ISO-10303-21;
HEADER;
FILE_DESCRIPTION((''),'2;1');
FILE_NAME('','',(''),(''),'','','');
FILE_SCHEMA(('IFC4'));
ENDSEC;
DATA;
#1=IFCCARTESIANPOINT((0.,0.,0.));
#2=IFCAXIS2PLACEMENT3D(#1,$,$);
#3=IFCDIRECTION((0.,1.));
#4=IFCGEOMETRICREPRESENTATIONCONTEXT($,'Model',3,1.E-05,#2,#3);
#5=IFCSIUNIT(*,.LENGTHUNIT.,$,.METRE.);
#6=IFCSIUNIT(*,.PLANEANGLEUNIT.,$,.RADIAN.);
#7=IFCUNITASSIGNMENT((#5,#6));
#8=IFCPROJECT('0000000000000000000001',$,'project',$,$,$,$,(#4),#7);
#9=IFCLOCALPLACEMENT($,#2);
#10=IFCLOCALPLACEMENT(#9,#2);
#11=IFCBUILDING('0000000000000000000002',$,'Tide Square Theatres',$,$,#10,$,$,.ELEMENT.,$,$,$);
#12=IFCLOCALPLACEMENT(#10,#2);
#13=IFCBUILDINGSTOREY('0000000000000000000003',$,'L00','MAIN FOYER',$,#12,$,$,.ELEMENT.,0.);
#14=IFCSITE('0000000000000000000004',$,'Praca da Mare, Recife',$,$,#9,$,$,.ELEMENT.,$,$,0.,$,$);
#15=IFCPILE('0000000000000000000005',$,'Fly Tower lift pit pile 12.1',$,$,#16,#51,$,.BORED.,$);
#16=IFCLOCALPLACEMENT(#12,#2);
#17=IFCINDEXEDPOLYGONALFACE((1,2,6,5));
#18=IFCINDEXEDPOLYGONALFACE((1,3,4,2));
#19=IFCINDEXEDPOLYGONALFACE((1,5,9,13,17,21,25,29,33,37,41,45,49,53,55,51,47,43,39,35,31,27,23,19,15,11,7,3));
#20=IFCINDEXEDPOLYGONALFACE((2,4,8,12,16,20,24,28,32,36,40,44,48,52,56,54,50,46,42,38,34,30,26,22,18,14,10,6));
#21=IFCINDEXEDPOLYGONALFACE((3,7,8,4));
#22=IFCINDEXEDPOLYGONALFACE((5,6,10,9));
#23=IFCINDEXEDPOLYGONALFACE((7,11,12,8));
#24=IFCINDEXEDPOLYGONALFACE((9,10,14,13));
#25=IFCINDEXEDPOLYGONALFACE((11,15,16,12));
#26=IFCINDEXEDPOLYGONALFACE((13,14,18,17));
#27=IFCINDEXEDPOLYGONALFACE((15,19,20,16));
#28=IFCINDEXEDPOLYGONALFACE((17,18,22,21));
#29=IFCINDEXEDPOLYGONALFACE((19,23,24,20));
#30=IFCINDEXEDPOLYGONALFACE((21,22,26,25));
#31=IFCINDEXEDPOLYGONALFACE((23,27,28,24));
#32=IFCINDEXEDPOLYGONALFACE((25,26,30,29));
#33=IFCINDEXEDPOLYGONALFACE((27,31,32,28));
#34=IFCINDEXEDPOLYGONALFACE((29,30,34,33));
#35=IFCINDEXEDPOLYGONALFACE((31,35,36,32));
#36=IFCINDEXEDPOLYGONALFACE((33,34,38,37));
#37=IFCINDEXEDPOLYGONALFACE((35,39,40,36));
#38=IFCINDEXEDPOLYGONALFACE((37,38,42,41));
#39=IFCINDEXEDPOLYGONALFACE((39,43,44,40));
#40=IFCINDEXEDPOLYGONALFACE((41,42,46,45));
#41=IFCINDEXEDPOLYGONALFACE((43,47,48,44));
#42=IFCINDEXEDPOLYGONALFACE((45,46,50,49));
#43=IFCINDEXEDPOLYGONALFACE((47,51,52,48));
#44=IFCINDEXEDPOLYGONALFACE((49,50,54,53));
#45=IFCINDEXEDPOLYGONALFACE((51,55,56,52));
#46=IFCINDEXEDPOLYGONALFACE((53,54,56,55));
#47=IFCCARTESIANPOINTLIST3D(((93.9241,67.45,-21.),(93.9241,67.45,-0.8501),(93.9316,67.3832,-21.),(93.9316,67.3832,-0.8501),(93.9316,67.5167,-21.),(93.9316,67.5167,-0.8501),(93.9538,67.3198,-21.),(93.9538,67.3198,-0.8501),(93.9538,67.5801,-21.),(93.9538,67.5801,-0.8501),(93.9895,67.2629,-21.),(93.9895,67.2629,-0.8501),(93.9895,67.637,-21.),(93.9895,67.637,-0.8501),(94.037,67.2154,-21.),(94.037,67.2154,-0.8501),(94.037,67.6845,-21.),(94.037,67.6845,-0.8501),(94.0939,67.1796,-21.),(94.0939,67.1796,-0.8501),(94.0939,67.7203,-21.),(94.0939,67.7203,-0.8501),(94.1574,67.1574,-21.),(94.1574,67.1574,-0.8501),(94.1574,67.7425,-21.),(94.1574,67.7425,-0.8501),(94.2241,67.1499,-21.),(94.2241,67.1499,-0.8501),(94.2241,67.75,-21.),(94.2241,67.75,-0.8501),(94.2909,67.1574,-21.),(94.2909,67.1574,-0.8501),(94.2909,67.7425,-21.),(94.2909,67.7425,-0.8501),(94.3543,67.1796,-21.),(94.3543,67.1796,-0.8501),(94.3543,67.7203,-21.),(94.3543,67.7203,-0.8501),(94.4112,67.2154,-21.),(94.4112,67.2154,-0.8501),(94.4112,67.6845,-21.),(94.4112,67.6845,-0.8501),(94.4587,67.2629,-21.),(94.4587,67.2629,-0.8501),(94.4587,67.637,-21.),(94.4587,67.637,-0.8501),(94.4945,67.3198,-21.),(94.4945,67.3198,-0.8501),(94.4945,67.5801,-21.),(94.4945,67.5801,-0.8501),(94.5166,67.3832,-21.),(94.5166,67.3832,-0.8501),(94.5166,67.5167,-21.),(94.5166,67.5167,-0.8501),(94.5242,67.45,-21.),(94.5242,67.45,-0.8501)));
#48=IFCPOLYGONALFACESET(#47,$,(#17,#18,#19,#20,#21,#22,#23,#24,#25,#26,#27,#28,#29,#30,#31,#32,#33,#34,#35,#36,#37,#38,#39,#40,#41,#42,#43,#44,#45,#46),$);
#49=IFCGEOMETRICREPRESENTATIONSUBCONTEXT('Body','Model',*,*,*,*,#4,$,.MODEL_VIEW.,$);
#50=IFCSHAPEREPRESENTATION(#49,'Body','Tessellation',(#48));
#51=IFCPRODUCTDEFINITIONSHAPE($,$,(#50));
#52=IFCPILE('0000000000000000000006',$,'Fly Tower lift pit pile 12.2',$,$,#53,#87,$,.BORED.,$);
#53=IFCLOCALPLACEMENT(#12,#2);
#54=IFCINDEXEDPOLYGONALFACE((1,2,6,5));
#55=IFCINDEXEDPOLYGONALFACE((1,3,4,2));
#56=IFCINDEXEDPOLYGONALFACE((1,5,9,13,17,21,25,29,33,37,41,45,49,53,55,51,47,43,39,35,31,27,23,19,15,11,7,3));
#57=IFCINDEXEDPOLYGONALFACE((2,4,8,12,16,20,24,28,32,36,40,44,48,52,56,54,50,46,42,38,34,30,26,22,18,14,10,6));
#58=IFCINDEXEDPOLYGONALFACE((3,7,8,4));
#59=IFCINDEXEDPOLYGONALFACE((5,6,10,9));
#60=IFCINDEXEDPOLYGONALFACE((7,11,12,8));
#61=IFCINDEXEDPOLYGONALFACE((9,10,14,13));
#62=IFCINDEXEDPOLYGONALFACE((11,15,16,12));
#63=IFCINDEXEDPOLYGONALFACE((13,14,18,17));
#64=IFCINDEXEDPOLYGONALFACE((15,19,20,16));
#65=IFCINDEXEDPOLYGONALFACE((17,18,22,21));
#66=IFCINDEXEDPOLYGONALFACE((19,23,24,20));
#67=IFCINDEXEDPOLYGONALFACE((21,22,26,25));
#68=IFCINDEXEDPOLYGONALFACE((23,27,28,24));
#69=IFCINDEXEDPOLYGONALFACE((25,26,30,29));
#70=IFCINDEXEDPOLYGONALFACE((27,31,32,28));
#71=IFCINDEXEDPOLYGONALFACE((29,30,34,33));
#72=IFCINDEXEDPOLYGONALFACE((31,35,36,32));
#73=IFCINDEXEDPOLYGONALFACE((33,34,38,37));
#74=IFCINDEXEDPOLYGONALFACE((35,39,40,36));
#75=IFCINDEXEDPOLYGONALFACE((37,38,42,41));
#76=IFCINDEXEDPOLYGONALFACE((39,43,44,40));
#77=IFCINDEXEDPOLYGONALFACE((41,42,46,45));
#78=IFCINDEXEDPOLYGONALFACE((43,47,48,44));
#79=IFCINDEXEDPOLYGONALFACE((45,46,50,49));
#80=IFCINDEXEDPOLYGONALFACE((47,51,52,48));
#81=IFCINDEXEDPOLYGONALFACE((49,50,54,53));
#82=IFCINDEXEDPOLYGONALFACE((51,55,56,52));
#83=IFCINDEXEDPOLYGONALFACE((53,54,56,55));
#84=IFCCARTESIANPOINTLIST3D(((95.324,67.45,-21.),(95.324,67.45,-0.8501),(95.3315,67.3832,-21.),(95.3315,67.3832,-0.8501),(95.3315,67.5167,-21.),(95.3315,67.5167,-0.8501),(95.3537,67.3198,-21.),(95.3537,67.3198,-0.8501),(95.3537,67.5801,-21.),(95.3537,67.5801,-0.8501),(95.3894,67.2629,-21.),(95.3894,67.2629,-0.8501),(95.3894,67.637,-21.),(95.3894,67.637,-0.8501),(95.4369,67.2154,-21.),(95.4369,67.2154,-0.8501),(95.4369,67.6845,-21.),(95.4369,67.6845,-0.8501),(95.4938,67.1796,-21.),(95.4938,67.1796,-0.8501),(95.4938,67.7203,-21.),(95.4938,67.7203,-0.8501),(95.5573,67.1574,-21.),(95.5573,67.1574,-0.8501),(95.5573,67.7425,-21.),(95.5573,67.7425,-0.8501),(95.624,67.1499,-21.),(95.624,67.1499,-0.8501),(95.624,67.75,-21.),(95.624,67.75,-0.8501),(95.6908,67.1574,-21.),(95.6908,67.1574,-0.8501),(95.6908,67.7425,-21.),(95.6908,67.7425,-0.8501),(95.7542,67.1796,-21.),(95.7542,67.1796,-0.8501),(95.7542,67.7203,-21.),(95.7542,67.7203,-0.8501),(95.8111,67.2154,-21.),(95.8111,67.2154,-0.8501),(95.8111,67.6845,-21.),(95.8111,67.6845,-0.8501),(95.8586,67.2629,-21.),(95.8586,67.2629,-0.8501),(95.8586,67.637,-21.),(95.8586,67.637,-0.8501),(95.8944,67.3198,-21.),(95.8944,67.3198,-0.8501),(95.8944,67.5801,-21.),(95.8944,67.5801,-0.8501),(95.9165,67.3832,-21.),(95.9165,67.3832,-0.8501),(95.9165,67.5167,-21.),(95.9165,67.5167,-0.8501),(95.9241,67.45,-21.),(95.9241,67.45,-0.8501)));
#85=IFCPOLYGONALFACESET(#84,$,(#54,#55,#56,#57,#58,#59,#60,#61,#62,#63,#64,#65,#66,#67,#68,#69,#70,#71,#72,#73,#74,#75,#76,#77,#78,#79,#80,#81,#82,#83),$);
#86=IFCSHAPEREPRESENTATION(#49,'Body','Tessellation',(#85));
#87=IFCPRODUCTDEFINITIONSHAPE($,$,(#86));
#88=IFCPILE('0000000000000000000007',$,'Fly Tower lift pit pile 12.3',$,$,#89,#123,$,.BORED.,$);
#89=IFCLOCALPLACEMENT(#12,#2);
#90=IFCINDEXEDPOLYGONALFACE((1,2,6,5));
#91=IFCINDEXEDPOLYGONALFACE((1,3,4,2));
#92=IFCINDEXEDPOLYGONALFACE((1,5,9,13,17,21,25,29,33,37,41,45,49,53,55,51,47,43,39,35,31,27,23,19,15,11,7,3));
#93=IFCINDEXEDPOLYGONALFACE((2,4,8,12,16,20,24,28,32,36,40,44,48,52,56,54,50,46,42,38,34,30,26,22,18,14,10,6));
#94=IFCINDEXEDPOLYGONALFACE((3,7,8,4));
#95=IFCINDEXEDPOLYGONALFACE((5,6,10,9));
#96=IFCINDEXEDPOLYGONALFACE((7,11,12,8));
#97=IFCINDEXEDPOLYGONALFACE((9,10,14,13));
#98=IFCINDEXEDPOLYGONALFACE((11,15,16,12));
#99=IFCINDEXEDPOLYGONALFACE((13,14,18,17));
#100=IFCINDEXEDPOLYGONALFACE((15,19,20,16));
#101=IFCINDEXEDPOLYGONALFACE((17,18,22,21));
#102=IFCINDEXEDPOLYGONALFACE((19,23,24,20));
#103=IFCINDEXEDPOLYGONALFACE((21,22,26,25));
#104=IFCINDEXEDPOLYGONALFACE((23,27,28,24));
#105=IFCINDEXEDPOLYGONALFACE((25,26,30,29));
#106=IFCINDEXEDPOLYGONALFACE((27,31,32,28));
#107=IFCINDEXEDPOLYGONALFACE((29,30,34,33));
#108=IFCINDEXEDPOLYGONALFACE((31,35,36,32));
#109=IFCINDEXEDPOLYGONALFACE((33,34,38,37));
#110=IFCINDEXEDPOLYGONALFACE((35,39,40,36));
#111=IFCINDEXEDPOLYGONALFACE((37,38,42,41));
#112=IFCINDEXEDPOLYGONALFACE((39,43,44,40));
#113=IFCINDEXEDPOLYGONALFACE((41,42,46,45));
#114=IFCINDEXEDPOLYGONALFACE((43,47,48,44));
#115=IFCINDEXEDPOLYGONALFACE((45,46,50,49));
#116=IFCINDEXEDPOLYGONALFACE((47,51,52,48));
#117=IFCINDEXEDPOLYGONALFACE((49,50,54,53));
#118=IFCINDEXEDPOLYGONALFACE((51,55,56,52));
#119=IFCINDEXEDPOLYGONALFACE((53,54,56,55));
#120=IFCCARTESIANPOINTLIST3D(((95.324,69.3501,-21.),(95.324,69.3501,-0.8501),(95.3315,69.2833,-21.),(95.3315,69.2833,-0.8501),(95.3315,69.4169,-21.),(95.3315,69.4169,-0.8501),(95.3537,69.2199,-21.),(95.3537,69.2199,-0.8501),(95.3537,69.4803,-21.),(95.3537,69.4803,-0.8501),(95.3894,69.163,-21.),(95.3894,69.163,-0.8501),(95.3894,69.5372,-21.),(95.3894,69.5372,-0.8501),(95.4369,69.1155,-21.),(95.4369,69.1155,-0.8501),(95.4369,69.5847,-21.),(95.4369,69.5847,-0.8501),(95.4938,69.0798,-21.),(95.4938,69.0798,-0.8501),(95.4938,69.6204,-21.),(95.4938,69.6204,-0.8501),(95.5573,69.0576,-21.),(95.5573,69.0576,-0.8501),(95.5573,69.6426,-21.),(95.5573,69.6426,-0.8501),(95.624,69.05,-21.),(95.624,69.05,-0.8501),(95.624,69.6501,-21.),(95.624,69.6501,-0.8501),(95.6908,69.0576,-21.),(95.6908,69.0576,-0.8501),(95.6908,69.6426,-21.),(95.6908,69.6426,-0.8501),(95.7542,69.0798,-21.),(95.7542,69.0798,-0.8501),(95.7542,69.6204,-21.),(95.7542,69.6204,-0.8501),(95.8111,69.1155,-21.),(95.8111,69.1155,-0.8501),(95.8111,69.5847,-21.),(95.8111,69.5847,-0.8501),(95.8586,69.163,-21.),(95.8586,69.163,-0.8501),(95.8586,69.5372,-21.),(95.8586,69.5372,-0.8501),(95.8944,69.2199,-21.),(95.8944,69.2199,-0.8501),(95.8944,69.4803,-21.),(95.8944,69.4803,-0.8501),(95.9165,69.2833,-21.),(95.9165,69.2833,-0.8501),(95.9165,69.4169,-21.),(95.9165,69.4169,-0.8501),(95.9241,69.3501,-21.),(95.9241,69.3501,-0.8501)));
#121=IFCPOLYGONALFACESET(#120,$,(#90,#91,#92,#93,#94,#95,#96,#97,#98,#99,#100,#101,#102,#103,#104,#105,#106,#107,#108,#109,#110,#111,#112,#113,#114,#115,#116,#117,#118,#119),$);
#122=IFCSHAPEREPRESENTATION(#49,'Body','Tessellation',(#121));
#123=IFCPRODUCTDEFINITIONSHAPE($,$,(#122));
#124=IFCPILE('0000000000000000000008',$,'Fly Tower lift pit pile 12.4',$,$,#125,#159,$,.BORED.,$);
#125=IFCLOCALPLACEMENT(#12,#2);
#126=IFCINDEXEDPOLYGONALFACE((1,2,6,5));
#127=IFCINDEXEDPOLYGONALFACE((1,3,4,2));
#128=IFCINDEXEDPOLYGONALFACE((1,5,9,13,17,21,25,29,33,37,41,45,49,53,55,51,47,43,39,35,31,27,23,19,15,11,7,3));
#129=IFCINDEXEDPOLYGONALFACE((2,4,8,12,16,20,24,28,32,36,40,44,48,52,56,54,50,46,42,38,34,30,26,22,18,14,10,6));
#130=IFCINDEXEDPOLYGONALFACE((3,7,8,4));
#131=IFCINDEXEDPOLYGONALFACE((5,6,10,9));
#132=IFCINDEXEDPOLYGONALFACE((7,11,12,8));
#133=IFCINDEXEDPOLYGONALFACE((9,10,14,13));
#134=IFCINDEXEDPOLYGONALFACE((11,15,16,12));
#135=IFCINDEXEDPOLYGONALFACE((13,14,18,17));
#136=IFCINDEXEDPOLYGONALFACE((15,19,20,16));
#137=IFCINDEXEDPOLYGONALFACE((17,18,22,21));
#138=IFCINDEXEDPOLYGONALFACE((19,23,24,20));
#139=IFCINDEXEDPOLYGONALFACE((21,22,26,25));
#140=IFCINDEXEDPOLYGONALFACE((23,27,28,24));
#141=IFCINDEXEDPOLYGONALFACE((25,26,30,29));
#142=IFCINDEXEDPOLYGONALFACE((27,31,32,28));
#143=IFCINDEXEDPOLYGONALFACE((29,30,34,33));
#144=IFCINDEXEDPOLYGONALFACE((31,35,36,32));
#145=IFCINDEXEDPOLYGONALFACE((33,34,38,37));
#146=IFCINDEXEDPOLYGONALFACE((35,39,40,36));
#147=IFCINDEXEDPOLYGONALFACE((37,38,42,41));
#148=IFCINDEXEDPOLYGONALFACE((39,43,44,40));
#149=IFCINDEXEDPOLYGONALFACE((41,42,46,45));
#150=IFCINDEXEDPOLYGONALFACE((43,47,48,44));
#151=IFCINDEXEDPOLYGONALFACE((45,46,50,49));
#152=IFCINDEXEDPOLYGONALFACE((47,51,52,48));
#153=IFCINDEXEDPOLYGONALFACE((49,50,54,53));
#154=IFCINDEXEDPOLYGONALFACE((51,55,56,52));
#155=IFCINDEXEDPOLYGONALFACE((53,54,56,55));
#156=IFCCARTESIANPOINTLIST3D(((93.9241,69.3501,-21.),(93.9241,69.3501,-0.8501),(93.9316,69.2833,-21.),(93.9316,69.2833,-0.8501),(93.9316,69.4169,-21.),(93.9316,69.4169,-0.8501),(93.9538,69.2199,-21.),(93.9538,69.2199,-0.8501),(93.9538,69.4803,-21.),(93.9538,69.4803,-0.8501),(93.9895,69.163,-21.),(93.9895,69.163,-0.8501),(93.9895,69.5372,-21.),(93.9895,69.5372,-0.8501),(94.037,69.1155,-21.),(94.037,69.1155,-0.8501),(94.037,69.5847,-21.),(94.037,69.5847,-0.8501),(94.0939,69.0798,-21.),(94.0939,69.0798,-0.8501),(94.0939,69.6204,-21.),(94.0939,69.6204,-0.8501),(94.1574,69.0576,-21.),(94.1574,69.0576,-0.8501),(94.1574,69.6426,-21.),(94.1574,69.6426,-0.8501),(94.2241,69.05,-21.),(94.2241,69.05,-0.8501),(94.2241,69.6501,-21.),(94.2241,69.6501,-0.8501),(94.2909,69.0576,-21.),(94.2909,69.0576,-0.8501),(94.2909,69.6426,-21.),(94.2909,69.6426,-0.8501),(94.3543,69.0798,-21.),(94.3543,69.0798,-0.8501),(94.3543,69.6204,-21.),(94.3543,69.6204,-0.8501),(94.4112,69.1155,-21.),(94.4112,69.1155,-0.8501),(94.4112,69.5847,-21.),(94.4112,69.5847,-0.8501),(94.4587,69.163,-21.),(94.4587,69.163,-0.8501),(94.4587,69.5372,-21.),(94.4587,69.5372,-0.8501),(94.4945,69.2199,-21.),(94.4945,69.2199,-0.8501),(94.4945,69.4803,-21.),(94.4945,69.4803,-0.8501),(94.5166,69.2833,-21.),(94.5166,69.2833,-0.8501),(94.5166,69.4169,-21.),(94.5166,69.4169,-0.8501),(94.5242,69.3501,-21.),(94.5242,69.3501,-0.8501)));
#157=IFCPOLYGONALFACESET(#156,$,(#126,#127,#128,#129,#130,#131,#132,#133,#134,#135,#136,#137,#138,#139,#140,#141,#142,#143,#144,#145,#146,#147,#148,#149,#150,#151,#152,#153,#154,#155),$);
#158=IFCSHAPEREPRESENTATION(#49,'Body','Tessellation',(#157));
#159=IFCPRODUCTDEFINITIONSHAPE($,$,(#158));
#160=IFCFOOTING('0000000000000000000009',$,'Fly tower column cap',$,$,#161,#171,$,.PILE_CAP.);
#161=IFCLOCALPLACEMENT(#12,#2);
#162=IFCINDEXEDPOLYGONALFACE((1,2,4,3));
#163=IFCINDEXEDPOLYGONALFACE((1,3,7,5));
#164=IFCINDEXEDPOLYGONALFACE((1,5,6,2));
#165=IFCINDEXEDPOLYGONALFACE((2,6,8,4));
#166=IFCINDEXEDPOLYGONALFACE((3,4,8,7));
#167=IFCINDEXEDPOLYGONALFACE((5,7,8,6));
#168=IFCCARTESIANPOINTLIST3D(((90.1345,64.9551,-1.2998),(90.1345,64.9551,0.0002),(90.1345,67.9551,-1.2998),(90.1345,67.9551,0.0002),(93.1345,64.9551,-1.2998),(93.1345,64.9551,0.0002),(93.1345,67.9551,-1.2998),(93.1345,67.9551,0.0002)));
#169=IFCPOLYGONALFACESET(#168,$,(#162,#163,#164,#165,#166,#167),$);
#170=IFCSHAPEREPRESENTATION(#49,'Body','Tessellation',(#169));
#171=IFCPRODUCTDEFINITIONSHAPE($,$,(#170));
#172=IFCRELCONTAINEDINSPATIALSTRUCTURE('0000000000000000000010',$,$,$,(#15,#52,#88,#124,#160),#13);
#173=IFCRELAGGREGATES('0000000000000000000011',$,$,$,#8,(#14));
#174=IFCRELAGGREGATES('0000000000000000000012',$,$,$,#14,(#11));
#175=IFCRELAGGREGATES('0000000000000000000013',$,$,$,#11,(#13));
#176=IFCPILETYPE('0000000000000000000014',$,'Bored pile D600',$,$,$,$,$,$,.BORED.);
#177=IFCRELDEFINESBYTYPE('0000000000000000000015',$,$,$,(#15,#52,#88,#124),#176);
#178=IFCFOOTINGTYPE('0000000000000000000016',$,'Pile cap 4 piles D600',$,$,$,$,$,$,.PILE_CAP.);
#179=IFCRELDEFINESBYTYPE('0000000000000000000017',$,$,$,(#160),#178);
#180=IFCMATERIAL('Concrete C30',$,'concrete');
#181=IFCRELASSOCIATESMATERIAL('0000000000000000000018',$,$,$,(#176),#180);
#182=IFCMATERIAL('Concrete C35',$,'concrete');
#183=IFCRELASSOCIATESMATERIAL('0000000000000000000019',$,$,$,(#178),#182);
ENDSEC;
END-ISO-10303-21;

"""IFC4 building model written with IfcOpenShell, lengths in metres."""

from ifc_helpers import new_model, si_unit, direction, frame, origin, origin_2d, place, context, subcontext, project, spatial, rectangle, circle, extrude, material, material_profile, profile_set, type_object, element, save


model = new_model("IFC4")

# Units and contexts
model_context = context("Model", 3, precision=1e-05, world=origin(), true_north=direction((0.0, 1.0)))
body_context = subcontext(model_context, "Body", "Model", "MODEL_VIEW")
ifc_project = project(units=[si_unit("LENGTHUNIT", "METRE"), si_unit("PLANEANGLEUNIT", "RADIAN")], contexts=[model_context])

# Site, building, storey
site_placement = place(None, origin())
site = spatial("IfcSite", under=ifc_project, at=site_placement, Name="Praca da Mare, Recife", CompositionType="ELEMENT", RefElevation=0.0)
building_placement = place(site_placement, origin())
building = spatial("IfcBuilding", under=site, at=building_placement, Name="Tide Square Theatres", CompositionType="ELEMENT")
storey_placement = place(building_placement, origin())
storey = spatial("IfcBuildingStorey", under=building, at=storey_placement, Name="L00", Description="MAIN FOYER", CompositionType="ELEMENT", Elevation=0.0)

# Piles
ifc_material_1 = material(Name="Concrete C30", Category="concrete")
ifc_material_profile_1 = material_profile(ifc_material_1, circle(Radius=0.3, at=origin_2d()))
ifc_profile_set_1 = profile_set([ifc_material_profile_1], Name="Concrete C30")
pile_type = type_object("IfcPileType", Name="Bored pile D600", PredefinedType="BORED", material=ifc_profile_set_1)
for number, where, z_axis, x_axis, name in (
    (1, (94.2241, 67.45, -0.8501), (0.0, 0.0, -1.0), (1.0, 0.0, 0.0), "Fly Tower lift pit pile 12.1"),
    (2, (95.624, 67.45, -0.8501), (0.0, 0.0, -1.0), (1.0, 0.0, 0.0), "Fly Tower lift pit pile 12.2"),
    (3, (95.624, 69.3501, -0.8501), (0.0, 0.0, -1.0), (1.0, 0.0, 0.0), "Fly Tower lift pit pile 12.3"),
    (4, (94.2241, 69.3501, -0.8501), (0.0, 0.0, -1.0), (1.0, 0.0, 0.0), "Fly Tower lift pit pile 12.4"),
):
    element("IfcPile", number, at=place(storey_placement, frame(where, z_axis=z_axis, x_axis=x_axis)), inside=storey, type_object=pile_type, Name=name, PredefinedType="BORED", context=body_context, shape_type="SweptSolid", body=[
        extrude(circle(Radius=0.3, at=origin_2d()), origin(), (0.0, 0.0, 1.0), 20.1499),
    ])

# Footing
ifc_material_2 = material(Name="Concrete C35", Category="concrete")
footing_type = type_object("IfcFootingType", Name="Pile cap 4 piles D600", PredefinedType="PILE_CAP", material=ifc_material_2)
footing_placement = place(storey_placement, frame((91.6345, 66.4551, -1.2998), z_axis=(0.0, 0.0, 1.0), x_axis=(1.0, 0.0, 0.0)))
element("IfcFooting", 5, at=footing_placement, inside=storey, type_object=footing_type, Name="Fly tower column cap", PredefinedType="PILE_CAP", context=body_context, shape_type="SweptSolid", body=[
    extrude(rectangle(XDim=3.0, YDim=3.0, at=origin_2d()), origin(), (0.0, 0.0, 1.0), 1.3),
])

save(model, "model.ifc")
